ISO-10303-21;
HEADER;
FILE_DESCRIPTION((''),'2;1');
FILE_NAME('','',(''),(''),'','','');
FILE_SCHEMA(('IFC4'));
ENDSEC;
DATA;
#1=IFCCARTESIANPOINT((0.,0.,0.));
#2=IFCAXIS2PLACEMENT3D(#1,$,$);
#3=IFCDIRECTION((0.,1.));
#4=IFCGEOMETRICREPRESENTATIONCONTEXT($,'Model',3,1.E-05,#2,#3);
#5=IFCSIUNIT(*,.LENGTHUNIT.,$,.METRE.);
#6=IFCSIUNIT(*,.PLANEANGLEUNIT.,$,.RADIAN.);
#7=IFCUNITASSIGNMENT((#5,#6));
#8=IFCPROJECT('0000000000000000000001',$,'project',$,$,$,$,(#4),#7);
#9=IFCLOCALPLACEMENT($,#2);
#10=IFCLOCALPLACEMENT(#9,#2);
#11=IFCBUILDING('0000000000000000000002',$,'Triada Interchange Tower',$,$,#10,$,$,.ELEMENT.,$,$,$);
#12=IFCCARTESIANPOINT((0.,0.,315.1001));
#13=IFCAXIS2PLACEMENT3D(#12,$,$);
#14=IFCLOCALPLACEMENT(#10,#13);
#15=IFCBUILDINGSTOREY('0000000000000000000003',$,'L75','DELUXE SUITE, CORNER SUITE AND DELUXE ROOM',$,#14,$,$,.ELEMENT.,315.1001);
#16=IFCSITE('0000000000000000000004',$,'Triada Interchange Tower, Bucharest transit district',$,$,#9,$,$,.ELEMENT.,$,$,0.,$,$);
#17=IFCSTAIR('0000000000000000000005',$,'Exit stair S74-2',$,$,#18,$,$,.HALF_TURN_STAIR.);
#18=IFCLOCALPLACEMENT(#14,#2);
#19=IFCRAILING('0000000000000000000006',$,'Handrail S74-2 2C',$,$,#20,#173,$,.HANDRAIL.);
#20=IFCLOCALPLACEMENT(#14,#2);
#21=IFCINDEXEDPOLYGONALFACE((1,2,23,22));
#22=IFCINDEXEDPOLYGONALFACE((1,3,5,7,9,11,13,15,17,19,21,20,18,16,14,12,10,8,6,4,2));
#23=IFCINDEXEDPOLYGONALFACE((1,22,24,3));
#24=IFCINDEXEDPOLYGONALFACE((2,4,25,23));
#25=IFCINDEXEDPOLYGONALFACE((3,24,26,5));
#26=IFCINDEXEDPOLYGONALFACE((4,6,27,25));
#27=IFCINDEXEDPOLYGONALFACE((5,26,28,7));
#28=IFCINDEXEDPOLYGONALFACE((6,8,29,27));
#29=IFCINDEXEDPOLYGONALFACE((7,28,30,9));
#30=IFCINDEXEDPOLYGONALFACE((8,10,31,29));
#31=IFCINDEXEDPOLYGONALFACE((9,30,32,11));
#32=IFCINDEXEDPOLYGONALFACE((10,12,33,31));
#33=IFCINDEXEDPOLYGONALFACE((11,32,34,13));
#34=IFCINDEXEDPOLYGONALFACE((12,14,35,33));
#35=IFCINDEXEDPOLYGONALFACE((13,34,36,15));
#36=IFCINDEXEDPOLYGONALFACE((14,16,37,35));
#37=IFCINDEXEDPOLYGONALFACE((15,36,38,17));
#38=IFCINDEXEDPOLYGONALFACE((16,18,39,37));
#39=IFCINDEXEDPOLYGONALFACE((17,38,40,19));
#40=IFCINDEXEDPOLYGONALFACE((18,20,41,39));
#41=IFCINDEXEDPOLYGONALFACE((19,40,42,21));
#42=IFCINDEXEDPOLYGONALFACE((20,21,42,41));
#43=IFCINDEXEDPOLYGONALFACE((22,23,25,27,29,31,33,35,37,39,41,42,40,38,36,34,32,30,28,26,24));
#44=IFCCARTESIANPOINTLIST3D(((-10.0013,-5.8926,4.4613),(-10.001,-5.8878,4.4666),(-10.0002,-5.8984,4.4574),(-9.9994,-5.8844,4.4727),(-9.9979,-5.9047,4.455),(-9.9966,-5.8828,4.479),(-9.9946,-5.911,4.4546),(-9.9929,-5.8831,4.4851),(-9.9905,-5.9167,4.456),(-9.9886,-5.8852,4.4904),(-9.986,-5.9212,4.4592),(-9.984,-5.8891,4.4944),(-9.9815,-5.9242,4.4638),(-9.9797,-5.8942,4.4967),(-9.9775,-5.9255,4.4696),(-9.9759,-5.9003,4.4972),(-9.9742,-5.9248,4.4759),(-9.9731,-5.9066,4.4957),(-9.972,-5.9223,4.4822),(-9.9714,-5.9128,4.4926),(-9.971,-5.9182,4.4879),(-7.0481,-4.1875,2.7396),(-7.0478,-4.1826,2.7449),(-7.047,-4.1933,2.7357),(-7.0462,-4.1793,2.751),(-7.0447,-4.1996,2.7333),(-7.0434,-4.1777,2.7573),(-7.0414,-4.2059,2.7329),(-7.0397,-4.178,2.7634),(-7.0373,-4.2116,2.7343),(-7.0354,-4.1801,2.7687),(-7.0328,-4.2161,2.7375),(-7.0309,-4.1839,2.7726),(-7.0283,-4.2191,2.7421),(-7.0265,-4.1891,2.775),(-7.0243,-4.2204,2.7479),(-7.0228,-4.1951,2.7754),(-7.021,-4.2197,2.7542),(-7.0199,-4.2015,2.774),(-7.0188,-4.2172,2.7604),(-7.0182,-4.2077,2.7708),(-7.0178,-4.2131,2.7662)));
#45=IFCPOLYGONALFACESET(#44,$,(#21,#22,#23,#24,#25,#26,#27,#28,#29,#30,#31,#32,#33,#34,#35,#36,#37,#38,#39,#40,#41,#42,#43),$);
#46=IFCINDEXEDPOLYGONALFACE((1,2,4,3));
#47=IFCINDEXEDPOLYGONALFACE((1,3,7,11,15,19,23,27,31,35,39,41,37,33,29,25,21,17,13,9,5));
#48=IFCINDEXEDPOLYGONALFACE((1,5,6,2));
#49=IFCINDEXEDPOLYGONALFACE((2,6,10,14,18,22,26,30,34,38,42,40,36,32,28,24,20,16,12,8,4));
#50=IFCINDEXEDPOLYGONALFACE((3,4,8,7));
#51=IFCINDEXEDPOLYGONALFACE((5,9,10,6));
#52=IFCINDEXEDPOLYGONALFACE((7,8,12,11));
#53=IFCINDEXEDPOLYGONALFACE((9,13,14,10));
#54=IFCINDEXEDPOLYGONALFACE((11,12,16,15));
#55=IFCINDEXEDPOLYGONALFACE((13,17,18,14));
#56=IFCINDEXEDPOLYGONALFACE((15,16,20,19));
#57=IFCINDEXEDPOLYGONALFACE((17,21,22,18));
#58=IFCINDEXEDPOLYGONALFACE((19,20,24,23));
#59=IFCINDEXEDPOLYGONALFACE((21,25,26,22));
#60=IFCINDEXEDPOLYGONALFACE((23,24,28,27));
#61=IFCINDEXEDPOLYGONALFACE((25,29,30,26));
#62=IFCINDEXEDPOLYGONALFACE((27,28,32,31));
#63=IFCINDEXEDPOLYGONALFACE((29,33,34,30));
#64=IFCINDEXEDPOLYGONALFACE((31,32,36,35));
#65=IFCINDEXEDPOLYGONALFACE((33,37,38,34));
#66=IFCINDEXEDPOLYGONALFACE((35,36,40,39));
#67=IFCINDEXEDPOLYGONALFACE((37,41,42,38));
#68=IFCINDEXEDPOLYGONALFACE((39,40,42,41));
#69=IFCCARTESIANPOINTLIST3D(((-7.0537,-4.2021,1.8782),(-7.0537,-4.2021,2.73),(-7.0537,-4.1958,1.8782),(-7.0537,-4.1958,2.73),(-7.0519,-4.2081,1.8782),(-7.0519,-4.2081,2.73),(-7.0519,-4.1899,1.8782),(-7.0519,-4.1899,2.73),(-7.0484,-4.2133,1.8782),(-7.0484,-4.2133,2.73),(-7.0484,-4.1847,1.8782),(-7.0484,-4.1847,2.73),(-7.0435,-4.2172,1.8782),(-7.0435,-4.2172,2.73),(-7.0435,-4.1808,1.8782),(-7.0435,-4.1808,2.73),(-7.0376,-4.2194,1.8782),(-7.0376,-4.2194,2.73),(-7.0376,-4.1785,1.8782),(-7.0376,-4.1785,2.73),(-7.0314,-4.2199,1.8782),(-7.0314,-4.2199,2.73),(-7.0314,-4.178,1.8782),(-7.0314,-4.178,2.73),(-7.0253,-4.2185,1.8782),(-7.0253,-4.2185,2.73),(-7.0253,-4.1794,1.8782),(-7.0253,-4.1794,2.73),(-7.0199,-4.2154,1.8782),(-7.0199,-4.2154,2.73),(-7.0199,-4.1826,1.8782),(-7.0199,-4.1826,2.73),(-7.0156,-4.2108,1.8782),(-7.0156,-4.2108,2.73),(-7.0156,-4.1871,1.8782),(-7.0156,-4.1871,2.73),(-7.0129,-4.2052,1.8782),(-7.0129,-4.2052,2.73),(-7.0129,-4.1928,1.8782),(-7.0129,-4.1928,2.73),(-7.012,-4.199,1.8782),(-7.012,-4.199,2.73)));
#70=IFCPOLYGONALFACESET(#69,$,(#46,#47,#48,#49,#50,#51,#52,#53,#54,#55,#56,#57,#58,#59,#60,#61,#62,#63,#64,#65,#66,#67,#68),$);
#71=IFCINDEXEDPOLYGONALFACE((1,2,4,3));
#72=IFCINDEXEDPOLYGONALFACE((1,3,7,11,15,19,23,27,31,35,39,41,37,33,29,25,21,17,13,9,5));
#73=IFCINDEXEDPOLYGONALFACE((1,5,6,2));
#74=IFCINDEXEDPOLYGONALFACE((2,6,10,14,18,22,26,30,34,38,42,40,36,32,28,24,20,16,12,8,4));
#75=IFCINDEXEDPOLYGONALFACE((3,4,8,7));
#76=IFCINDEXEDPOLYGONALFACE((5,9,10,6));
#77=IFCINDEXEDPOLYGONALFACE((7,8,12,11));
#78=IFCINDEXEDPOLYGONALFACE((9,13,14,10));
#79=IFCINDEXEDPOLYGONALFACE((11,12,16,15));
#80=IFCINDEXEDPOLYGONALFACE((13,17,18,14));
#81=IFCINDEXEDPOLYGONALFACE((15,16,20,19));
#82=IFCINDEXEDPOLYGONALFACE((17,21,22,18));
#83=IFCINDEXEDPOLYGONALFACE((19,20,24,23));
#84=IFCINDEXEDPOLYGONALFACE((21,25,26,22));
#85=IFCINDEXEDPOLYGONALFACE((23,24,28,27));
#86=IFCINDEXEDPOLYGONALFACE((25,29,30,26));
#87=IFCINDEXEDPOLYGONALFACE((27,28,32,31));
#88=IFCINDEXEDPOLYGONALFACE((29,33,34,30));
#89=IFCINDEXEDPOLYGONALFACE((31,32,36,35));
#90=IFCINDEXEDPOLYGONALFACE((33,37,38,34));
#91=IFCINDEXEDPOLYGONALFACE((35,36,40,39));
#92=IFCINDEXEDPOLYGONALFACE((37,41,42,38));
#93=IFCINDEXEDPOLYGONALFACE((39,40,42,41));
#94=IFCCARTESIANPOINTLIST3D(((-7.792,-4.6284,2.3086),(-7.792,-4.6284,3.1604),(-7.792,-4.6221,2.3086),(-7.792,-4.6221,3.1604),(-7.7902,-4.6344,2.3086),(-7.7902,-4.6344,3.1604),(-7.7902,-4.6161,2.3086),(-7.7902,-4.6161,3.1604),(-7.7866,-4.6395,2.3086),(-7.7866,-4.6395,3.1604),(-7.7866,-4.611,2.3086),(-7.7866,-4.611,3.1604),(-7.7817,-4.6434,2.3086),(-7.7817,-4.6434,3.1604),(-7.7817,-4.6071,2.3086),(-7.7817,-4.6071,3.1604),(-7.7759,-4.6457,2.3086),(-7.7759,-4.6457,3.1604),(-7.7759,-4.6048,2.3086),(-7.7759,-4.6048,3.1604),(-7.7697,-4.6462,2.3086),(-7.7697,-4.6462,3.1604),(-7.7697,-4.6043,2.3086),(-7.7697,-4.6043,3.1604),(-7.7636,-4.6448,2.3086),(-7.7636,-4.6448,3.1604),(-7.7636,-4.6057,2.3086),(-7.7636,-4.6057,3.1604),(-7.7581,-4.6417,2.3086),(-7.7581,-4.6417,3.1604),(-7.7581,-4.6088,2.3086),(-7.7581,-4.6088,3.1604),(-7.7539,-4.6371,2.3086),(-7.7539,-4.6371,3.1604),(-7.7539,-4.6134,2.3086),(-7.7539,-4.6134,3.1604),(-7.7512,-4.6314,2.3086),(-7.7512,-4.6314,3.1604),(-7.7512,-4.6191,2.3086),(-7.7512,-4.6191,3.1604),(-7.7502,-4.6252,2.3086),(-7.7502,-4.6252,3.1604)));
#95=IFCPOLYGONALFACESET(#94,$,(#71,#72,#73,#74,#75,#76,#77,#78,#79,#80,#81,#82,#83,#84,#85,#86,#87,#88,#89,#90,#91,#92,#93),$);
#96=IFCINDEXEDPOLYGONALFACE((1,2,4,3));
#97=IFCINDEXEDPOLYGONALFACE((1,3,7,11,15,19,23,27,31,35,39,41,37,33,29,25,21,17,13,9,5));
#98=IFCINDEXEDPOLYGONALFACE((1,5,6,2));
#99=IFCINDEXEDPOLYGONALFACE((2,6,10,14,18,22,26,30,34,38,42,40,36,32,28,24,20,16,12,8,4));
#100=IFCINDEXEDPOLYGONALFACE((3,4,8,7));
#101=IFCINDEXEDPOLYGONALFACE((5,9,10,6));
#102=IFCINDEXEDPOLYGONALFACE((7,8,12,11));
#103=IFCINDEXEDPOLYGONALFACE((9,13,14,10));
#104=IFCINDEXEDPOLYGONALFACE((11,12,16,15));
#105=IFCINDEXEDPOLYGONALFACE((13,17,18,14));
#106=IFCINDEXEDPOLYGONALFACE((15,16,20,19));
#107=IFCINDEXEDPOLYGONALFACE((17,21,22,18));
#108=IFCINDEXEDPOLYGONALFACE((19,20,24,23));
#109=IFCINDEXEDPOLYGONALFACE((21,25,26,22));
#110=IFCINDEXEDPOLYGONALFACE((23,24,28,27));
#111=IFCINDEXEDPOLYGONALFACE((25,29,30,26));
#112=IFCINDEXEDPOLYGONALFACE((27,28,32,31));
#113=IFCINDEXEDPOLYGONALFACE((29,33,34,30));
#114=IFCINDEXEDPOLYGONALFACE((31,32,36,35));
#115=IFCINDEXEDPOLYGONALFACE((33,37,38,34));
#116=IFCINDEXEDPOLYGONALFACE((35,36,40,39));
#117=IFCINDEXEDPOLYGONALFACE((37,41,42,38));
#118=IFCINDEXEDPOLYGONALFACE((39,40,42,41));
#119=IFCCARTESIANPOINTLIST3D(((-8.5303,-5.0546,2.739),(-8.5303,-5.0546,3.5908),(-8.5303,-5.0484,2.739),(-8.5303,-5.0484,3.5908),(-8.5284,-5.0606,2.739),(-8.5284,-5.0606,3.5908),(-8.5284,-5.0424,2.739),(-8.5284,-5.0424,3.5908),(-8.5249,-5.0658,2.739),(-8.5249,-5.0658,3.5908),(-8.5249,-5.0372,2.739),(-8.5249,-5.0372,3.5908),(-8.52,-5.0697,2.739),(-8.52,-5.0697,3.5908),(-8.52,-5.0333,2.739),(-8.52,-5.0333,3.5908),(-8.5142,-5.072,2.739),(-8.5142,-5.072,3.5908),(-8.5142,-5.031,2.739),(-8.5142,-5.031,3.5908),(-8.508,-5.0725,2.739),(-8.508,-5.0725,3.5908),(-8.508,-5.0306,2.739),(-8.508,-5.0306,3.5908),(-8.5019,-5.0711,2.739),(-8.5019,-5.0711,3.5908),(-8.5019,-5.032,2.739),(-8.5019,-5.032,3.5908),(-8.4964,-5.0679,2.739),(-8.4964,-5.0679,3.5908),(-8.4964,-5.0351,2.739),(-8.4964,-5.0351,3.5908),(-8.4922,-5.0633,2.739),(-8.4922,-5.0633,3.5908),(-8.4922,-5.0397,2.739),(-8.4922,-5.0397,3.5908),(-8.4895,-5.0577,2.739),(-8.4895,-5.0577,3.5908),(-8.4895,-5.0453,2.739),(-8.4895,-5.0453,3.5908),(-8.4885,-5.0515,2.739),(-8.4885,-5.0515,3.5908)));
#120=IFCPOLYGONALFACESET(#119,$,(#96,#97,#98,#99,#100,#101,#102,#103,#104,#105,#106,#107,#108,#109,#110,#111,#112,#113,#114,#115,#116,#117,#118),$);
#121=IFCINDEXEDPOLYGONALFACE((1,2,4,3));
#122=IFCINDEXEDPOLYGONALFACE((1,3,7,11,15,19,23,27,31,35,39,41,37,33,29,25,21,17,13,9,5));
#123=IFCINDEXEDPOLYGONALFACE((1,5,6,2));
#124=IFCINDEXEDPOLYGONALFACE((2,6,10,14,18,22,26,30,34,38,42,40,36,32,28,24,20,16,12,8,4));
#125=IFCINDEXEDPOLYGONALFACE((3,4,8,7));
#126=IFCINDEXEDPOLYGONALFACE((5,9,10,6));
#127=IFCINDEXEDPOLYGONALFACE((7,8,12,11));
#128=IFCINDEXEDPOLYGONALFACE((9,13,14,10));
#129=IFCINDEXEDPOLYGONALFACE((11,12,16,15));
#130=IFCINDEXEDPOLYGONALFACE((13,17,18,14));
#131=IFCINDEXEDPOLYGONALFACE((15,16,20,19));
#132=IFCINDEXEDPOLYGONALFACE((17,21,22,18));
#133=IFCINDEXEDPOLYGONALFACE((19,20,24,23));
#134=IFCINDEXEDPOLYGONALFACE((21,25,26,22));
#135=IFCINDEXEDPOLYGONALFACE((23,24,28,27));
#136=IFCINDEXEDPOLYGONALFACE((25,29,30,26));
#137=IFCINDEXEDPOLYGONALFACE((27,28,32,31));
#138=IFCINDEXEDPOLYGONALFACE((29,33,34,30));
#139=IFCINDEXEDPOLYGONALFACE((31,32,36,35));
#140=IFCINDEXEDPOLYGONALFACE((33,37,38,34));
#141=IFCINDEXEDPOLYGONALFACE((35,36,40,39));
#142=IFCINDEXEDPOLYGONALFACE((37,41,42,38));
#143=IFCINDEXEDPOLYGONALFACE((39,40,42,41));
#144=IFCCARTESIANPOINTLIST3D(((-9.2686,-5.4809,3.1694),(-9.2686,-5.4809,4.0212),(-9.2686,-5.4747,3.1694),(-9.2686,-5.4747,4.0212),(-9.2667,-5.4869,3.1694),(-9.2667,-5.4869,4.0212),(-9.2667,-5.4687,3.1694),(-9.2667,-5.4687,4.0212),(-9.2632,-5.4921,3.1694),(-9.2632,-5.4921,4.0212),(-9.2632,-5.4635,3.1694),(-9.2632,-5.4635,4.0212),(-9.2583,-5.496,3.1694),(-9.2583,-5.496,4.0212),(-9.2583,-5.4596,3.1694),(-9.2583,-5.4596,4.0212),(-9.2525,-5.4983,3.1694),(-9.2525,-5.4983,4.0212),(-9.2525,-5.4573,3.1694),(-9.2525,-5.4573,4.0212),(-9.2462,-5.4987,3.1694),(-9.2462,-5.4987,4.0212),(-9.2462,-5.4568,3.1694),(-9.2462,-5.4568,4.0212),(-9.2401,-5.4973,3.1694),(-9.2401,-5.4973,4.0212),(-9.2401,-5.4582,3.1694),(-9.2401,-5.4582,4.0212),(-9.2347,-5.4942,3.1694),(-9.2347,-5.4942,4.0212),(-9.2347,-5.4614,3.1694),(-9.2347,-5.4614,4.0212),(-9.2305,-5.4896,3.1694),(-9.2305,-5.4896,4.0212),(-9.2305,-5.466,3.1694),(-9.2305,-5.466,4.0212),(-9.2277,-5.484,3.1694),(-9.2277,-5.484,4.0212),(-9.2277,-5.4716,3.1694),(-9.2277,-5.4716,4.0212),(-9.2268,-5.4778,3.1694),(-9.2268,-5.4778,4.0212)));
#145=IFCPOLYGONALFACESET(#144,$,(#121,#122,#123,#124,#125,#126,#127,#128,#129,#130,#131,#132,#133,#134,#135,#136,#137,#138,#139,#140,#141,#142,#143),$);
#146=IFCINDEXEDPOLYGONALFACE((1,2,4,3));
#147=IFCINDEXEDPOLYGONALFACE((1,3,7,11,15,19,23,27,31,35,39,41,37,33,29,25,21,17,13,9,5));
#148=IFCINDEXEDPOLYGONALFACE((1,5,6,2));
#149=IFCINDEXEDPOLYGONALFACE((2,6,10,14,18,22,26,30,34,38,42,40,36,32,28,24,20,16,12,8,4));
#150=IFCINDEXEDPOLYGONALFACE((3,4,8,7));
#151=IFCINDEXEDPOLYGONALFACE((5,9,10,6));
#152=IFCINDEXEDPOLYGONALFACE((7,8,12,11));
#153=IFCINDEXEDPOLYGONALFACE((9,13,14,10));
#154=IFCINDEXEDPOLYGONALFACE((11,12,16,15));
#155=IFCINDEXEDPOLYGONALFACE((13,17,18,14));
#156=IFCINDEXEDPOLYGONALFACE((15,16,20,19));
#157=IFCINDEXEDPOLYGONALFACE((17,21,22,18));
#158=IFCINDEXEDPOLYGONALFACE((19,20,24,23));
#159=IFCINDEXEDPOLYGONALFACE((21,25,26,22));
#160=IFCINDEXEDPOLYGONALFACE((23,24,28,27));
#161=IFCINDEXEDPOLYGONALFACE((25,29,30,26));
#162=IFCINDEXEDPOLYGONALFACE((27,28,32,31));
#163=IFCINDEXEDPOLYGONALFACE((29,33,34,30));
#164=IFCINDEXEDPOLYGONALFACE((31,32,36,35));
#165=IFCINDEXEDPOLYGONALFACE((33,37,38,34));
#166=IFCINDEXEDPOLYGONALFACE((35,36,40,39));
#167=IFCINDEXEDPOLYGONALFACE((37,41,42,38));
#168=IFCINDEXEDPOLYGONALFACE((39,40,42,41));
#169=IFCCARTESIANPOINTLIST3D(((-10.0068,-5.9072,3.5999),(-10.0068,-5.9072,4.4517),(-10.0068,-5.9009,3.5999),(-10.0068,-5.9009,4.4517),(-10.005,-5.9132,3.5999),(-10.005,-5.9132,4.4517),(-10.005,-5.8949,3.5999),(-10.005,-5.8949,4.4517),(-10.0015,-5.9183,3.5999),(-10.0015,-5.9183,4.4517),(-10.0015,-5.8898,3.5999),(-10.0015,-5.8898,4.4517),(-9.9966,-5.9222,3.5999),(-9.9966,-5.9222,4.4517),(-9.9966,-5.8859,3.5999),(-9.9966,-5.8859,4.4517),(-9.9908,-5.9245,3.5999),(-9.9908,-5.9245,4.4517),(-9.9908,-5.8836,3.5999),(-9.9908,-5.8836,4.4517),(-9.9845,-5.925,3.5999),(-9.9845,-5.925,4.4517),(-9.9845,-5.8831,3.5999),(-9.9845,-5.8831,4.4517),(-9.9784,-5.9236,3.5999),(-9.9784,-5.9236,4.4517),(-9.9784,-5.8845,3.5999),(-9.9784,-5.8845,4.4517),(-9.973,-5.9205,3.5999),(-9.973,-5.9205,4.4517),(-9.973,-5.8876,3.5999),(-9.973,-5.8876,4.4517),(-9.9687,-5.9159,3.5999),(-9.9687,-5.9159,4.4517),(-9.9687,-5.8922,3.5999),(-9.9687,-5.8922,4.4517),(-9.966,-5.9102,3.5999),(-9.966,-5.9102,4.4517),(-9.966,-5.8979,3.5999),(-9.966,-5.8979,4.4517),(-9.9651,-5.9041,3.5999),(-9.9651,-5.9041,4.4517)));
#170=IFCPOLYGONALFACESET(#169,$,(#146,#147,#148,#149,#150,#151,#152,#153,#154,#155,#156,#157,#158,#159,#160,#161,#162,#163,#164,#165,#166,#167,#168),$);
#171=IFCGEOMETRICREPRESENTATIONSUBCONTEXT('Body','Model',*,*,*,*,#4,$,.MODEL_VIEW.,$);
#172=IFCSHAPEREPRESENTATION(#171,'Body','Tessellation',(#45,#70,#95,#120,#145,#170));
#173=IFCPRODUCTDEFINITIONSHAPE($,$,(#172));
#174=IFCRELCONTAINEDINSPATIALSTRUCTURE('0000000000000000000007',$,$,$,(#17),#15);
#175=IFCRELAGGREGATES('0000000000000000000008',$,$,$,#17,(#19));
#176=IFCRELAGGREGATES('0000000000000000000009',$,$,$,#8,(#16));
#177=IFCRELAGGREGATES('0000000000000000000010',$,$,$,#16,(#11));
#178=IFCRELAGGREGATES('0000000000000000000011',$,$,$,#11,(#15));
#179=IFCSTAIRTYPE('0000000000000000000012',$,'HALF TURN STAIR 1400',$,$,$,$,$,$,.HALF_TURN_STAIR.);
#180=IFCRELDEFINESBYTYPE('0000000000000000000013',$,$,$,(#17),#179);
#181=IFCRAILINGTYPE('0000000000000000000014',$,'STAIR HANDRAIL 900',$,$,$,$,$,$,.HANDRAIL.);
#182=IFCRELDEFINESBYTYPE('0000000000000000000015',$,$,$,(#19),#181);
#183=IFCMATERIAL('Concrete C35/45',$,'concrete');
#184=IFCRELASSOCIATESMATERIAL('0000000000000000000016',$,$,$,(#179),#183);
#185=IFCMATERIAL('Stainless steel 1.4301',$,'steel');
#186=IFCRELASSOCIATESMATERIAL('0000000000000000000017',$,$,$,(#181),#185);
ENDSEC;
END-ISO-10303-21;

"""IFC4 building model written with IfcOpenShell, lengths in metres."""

from ifc_helpers import new_model, si_unit, direction, frame, origin, origin_2d, place, context, subcontext, project, spatial, circle, extrude, material, type_object, element, aggregate, save


model = new_model("IFC4")

# Units and contexts
model_context = context("Model", 3, precision=1e-05, world=origin(), true_north=direction((0.0, 1.0)))
body_context = subcontext(model_context, "Body", "Model", "MODEL_VIEW")
ifc_project = project(units=[si_unit("LENGTHUNIT", "METRE"), si_unit("PLANEANGLEUNIT", "RADIAN")], contexts=[model_context])

# Site, building, storey
site_placement = place(None, origin())
site = spatial("IfcSite", under=ifc_project, at=site_placement, Name="Triada Interchange Tower, Bucharest transit district", CompositionType="ELEMENT", RefElevation=0.0)
building_placement = place(site_placement, origin())
building = spatial("IfcBuilding", under=site, at=building_placement, Name="Triada Interchange Tower", CompositionType="ELEMENT")
storey_placement = place(building_placement, frame((0.0, 0.0, 315.1001)))
storey = spatial("IfcBuildingStorey", under=building, at=storey_placement, Name="L75", Description="DELUXE SUITE, CORNER SUITE AND DELUXE ROOM", CompositionType="ELEMENT", Elevation=315.1001)

# Stair, railing
ifc_material_1 = material(Name="Concrete C35/45", Category="concrete")
stair_type = type_object("IfcStairType", Name="HALF TURN STAIR 1400", PredefinedType="HALF_TURN_STAIR", material=ifc_material_1)
stair_placement = place(storey_placement, origin())
stair = element("IfcStair", 1, at=stair_placement, inside=storey, type_object=stair_type, Name="Exit stair S74-2", PredefinedType="HALF_TURN_STAIR")
ifc_material_2 = material(Name="Stainless steel 1.4301", Category="steel")
railing_type = type_object("IfcRailingType", Name="STAIR HANDRAIL 900", PredefinedType="HANDRAIL", material=ifc_material_2)
railing_1_placement = place(storey_placement, frame((-7.033, -4.199, 1.8782)))
railing_1 = element("IfcRailing", 2, at=railing_1_placement, type_object=railing_type, Name="Handrail S74-2 2C", PredefinedType="HANDRAIL", context=body_context, shape_type="SweptSolid", body=[
    extrude(circle(Radius=0.0239, at=origin_2d()), frame((0.0, 0.0, 0.876), z_axis=(-0.773069, -0.446355, 0.450701), x_axis=(0.50002, -0.866014, 0.0)), (0.0, 0.0, 1.0), 3.8201),
    extrude(circle(Radius=0.021, at=origin_2d()), origin(), (0.0, 0.0, 1.0), 0.8518),
    extrude(circle(Radius=0.021, at=origin_2d()), frame((-0.7383, -0.4263, 0.4304)), (0.0, 0.0, 1.0), 0.8518),
    extrude(circle(Radius=0.021, at=origin_2d()), frame((-1.4766, -0.8525, 0.8608)), (0.0, 0.0, 1.0), 0.8518),
    extrude(circle(Radius=0.021, at=origin_2d()), frame((-2.2148, -1.2788, 1.2913)), (0.0, 0.0, 1.0), 0.8518),
    extrude(circle(Radius=0.021, at=origin_2d()), frame((-2.9531, -1.7051, 1.7217)), (0.0, 0.0, 1.0), 0.8518),
])
aggregate(stair, [railing_1])

save(model, "model.ifc")
